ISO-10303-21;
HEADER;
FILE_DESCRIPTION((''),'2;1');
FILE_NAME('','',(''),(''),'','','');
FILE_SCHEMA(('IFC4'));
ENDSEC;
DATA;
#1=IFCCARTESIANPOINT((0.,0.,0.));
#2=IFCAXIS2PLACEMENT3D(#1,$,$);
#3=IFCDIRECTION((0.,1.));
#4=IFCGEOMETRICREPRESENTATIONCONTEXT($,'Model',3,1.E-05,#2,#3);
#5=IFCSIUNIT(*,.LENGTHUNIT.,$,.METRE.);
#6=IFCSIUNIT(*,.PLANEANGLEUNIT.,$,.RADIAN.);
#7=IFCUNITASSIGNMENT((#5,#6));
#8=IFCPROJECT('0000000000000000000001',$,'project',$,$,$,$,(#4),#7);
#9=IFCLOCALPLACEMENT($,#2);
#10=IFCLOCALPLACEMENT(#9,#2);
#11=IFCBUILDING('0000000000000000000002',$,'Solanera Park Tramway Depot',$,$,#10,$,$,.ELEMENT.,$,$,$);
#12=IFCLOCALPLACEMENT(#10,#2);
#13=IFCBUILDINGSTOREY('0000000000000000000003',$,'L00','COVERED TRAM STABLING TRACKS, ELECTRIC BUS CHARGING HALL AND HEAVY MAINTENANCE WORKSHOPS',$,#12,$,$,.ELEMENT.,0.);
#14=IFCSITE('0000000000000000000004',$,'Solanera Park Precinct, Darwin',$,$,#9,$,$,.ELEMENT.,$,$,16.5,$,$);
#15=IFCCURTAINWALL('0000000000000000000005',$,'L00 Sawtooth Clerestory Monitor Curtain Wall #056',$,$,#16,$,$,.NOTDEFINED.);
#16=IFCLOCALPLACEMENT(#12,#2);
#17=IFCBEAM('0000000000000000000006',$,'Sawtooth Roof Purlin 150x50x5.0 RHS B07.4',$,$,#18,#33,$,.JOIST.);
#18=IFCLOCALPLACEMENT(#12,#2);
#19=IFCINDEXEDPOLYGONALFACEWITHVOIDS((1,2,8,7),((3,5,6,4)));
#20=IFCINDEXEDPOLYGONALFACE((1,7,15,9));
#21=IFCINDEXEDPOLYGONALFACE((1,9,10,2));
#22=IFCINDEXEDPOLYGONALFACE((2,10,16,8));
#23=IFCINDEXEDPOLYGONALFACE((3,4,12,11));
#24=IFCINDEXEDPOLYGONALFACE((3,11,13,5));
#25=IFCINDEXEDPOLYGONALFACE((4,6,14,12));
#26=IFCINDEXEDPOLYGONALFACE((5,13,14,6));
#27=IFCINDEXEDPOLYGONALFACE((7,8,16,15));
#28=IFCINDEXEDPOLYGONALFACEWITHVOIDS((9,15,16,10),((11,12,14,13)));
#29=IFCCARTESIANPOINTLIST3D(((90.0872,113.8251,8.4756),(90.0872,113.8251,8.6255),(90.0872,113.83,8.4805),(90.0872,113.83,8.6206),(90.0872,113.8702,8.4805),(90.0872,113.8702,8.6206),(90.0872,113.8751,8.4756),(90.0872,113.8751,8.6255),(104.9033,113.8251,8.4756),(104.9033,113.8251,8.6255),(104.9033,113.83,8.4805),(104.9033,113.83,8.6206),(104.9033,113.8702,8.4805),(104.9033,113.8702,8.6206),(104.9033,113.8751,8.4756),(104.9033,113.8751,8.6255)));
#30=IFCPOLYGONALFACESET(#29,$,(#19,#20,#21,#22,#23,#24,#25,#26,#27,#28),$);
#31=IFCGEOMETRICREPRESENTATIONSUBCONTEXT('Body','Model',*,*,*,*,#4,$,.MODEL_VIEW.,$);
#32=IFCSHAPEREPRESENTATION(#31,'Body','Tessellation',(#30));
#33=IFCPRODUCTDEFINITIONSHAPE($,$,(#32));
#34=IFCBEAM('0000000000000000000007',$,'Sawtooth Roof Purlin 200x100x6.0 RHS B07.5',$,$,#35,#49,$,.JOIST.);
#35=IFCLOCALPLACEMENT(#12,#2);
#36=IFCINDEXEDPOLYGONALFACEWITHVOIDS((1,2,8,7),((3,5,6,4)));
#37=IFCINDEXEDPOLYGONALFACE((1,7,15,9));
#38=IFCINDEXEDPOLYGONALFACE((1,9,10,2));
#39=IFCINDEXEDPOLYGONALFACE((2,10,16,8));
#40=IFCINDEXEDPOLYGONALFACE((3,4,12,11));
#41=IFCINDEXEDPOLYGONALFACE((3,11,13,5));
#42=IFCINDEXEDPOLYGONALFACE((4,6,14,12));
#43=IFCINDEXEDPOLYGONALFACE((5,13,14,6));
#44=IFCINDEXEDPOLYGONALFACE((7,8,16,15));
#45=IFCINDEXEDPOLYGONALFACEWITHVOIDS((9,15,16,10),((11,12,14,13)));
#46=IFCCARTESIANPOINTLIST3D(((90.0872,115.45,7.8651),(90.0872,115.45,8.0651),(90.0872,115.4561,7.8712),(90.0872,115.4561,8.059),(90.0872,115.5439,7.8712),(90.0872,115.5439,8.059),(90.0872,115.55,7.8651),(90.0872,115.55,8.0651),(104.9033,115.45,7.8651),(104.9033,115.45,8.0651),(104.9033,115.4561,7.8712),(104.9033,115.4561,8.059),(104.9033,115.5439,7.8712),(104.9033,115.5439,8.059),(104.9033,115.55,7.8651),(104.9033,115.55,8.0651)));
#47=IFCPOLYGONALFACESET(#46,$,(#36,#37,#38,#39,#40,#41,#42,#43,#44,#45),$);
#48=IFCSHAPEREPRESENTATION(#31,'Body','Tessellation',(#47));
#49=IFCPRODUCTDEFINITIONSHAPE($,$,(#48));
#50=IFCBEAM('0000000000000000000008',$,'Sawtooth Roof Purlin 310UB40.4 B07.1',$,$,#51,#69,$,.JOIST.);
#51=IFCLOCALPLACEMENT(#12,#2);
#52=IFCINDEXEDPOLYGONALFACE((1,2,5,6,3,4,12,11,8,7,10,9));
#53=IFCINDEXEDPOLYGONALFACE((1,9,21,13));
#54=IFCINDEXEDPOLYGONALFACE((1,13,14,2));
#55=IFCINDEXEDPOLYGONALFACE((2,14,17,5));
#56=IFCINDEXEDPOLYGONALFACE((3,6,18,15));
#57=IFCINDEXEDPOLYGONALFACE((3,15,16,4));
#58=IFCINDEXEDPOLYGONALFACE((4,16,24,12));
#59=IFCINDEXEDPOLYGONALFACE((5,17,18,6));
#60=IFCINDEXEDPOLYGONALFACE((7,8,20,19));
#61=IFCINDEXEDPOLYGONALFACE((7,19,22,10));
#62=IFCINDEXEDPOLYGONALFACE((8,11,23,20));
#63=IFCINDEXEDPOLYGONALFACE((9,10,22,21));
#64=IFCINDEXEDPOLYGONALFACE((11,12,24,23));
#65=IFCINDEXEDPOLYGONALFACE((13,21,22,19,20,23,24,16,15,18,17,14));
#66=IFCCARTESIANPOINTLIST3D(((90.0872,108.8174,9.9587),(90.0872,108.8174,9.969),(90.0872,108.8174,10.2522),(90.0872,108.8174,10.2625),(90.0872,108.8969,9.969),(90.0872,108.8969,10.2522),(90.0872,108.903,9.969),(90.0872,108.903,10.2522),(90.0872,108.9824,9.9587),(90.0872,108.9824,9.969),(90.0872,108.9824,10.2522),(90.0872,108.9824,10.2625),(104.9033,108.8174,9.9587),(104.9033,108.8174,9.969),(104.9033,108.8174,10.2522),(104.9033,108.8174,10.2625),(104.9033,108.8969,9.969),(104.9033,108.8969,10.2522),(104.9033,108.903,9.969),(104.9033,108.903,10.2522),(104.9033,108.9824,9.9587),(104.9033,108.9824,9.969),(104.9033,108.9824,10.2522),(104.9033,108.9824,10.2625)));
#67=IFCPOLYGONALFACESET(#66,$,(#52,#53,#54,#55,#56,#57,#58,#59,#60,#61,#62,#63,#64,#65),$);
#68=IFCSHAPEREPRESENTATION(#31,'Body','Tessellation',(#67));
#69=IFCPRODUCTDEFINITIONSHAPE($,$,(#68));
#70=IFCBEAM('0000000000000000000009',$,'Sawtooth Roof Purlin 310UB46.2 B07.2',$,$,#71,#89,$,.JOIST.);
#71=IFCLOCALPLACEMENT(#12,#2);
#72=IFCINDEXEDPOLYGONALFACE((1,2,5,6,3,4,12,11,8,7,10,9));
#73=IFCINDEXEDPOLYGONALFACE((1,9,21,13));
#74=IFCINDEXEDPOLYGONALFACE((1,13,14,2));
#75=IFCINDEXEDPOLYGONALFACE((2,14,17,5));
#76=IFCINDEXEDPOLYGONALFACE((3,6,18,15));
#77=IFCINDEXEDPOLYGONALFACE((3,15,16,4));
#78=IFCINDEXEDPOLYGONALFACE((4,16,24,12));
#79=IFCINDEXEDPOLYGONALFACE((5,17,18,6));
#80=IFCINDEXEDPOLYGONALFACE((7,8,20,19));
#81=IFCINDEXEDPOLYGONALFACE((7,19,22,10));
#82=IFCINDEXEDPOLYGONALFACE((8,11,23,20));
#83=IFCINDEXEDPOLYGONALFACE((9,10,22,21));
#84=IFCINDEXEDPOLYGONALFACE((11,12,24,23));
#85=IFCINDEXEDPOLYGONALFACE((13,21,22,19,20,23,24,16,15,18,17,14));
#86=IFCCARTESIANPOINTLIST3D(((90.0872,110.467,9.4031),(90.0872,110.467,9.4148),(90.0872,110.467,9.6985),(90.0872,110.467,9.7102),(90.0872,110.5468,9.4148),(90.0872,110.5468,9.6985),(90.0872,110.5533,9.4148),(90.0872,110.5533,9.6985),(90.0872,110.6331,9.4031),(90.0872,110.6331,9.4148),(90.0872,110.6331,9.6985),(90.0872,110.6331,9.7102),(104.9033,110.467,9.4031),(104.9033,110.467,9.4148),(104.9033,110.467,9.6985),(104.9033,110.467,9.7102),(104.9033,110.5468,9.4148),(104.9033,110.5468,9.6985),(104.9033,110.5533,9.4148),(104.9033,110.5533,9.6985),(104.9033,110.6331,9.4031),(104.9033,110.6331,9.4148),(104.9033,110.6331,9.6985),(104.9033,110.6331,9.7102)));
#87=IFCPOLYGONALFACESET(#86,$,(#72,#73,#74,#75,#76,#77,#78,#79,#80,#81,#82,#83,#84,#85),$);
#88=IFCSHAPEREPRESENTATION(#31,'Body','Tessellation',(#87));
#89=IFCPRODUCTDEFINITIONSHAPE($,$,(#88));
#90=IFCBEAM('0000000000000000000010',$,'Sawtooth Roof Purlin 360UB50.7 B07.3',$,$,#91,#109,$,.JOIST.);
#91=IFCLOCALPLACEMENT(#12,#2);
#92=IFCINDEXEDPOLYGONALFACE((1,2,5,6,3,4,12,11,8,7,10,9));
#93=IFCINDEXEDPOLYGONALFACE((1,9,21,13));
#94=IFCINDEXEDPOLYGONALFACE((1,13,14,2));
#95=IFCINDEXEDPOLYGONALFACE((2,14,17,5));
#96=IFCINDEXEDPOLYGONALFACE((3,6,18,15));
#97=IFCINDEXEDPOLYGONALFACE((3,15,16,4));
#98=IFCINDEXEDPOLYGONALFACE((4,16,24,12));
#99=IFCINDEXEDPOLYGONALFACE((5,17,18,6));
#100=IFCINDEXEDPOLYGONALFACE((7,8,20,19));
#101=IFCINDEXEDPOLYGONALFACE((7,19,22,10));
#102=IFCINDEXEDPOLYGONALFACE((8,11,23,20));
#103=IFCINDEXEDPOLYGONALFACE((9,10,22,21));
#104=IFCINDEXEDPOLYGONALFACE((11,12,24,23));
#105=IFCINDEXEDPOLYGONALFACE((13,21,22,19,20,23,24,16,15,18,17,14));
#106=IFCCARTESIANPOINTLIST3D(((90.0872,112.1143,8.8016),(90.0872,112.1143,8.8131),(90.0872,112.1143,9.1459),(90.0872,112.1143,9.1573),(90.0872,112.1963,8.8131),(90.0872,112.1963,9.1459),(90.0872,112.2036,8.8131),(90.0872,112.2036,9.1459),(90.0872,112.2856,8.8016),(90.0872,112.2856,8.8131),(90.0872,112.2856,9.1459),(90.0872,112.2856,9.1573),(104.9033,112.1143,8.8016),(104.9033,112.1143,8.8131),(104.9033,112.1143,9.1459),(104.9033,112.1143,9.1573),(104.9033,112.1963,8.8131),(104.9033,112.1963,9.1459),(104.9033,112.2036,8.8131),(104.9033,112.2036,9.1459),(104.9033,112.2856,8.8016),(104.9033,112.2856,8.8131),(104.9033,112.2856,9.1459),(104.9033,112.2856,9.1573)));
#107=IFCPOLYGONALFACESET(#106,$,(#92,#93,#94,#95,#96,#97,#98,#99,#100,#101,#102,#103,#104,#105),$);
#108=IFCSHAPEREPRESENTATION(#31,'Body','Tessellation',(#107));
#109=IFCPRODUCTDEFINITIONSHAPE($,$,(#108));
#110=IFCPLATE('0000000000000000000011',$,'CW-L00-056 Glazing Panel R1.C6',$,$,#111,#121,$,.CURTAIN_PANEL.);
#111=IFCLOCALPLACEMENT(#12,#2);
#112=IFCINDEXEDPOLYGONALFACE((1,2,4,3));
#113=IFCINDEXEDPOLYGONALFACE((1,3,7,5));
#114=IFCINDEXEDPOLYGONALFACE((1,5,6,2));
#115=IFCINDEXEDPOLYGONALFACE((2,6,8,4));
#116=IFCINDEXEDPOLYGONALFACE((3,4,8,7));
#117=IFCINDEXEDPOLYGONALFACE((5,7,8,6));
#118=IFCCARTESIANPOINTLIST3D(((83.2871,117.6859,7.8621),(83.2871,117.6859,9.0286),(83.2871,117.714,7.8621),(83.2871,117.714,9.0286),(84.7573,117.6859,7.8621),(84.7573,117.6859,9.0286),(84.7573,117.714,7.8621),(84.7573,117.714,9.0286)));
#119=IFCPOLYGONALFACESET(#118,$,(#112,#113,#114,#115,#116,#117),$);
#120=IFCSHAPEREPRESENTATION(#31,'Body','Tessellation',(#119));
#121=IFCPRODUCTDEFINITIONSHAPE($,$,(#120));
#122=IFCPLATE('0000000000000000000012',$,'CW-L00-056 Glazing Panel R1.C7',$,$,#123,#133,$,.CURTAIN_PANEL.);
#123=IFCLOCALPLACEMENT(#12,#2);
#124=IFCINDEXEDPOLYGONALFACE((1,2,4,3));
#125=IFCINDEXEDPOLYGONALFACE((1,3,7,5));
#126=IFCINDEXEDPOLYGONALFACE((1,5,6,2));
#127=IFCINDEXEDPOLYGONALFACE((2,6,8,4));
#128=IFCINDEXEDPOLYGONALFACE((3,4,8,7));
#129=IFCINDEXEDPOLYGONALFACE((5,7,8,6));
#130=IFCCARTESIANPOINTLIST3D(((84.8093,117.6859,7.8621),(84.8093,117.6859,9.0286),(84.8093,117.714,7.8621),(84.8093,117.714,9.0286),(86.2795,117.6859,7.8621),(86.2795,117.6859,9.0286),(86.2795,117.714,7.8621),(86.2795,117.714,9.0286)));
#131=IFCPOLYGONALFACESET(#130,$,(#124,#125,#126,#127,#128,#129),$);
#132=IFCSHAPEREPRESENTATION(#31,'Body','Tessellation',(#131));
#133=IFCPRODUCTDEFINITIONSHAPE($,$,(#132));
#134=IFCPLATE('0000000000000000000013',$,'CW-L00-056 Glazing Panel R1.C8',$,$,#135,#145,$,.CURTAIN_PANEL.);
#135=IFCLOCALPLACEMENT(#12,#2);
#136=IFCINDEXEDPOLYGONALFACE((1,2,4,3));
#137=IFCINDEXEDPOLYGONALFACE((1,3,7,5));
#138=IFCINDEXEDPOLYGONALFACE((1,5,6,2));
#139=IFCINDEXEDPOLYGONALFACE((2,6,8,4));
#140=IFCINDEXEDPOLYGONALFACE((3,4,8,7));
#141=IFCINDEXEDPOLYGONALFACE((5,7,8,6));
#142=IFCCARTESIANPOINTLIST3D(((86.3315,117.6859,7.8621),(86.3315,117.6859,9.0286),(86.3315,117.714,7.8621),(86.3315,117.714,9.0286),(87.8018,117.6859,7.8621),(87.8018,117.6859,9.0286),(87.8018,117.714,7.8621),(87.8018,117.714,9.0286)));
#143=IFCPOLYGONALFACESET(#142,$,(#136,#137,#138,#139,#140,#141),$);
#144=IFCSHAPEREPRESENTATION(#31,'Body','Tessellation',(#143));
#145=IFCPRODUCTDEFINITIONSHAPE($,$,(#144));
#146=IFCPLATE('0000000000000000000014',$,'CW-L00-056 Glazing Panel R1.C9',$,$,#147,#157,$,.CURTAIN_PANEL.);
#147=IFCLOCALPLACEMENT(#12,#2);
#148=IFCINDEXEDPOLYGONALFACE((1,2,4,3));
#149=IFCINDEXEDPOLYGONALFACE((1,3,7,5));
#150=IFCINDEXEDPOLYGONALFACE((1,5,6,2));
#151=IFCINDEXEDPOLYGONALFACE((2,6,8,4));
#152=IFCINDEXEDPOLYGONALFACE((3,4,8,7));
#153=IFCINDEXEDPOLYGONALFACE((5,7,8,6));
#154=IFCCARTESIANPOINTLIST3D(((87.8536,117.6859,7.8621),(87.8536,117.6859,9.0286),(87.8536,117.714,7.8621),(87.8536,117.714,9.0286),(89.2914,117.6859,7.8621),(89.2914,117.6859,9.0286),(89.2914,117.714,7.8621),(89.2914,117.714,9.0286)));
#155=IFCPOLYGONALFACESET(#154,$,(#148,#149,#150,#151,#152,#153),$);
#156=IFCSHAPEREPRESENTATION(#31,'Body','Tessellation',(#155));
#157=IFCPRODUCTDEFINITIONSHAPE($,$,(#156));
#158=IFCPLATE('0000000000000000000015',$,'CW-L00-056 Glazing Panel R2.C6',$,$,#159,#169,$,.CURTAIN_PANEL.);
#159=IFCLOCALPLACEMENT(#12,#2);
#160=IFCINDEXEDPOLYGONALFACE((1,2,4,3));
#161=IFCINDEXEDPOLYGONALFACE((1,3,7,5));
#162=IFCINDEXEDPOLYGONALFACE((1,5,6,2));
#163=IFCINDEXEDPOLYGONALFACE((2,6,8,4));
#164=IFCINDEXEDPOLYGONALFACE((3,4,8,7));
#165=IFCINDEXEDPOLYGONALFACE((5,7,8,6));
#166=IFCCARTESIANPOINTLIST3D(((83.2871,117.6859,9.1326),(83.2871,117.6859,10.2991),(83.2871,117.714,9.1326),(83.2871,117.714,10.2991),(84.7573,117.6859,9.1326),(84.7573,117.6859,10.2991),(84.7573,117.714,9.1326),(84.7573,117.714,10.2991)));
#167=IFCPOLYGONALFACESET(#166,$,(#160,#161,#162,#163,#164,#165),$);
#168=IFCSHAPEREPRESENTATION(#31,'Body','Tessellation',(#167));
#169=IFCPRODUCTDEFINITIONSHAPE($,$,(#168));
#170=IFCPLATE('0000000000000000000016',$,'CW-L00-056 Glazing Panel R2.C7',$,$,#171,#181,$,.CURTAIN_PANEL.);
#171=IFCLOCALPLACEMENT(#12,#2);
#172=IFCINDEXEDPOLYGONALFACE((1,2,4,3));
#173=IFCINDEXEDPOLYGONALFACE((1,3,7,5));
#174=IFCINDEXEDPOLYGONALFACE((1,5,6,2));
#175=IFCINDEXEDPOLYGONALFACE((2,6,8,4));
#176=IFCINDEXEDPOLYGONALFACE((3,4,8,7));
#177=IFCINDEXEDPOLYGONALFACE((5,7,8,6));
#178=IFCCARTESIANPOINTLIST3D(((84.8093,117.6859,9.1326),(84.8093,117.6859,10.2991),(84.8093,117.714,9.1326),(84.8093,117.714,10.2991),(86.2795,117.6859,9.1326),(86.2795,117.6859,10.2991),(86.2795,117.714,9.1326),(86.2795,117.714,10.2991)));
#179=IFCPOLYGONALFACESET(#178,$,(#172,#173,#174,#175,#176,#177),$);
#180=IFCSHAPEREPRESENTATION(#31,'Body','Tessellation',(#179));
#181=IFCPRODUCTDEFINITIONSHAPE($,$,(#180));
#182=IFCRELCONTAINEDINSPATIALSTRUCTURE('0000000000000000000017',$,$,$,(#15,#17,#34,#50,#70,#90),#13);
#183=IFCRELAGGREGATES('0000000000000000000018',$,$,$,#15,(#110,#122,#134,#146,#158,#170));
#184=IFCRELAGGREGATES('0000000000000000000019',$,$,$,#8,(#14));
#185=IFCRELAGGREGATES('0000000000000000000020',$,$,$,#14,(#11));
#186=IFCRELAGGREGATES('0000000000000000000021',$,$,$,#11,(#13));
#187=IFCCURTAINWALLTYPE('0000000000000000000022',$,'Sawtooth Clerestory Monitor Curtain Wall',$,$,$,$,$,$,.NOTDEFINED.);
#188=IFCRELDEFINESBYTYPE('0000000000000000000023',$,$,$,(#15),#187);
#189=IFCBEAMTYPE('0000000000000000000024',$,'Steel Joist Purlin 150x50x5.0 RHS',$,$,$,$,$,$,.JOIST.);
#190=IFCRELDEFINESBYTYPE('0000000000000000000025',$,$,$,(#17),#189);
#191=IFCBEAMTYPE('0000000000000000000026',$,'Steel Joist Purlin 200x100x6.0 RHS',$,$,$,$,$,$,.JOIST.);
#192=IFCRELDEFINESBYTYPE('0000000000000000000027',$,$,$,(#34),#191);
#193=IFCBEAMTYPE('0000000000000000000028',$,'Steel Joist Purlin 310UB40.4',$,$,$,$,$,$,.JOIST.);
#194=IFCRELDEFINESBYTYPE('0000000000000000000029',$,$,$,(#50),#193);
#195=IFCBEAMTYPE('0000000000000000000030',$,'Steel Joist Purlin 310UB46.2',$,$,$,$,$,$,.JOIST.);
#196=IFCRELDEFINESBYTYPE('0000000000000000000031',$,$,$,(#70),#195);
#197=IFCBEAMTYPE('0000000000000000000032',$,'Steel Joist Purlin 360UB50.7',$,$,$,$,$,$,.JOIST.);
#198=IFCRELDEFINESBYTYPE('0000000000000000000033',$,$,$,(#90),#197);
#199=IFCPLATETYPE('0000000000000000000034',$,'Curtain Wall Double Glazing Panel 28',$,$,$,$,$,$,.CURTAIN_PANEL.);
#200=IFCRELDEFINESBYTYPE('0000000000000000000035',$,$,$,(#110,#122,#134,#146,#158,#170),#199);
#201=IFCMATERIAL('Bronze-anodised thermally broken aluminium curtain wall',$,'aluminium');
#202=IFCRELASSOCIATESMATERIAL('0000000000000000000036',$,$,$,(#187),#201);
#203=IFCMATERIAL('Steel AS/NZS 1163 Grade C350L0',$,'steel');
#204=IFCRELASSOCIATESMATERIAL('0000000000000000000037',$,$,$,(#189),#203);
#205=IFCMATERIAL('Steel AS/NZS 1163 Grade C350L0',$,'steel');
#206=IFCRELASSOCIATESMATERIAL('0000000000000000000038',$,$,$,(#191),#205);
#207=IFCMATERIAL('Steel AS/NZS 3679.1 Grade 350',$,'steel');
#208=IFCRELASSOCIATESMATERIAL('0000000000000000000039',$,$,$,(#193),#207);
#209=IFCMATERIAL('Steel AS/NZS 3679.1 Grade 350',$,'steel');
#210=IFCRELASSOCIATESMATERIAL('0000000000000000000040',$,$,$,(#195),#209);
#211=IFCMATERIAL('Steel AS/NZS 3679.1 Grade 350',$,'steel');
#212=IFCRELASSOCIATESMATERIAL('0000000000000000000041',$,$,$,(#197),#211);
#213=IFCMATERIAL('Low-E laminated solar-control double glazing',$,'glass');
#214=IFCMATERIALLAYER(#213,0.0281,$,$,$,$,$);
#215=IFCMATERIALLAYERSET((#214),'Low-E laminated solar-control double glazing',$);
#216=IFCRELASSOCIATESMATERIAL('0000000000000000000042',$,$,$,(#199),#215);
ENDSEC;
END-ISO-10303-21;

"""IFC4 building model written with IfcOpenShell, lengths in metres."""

from ifc_helpers import new_model, si_unit, direction, frame, origin, origin_2d, place, context, subcontext, project, spatial, rectangle, hollow_rectangle, i_section, extrude, material, layer, layer_set, material_profile, profile_set, type_object, element, aggregate, save


model = new_model("IFC4")

# Units and contexts
model_context = context("Model", 3, precision=1e-05, world=origin(), true_north=direction((0.0, 1.0)))
body_context = subcontext(model_context, "Body", "Model", "MODEL_VIEW")
ifc_project = project(units=[si_unit("LENGTHUNIT", "METRE"), si_unit("PLANEANGLEUNIT", "RADIAN")], contexts=[model_context])

# Site, building, storey
site_placement = place(None, origin())
site = spatial("IfcSite", under=ifc_project, at=site_placement, Name="Solanera Park Precinct, Darwin", CompositionType="ELEMENT", RefElevation=16.5)
building_placement = place(site_placement, origin())
building = spatial("IfcBuilding", under=site, at=building_placement, Name="Solanera Park Tramway Depot", CompositionType="ELEMENT")
storey_placement = place(building_placement, origin())
storey = spatial("IfcBuildingStorey", under=building, at=storey_placement, Name="L00", Description="COVERED TRAM STABLING TRACKS, ELECTRIC BUS CHARGING HALL AND HEAVY MAINTENANCE WORKSHOPS", CompositionType="ELEMENT", Elevation=0.0)

# Curtain wall
ifc_material_1 = material(Name="Bronze-anodised thermally broken aluminium curtain wall", Category="aluminium")
curtain_wall_type = type_object("IfcCurtainWallType", Name="Sawtooth Clerestory Monitor Curtain Wall", PredefinedType="NOTDEFINED", material=ifc_material_1)
curtain_wall_1_placement = place(storey_placement, origin())
curtain_wall_1 = element("IfcCurtainWall", 1, at=curtain_wall_1_placement, inside=storey, type_object=curtain_wall_type, Name="L00 Sawtooth Clerestory Monitor Curtain Wall #056", PredefinedType="NOTDEFINED")

# Beams
ifc_material_2 = material(Name="Steel AS/NZS 1163 Grade C350L0", Category="steel")
ifc_material_profile_1 = material_profile(ifc_material_2, hollow_rectangle(XDim=0.05, YDim=0.1499, WallThickness=0.0049, at=origin_2d()), Name="150x50x5.0 RHS")
ifc_profile_set_1 = profile_set([ifc_material_profile_1], Name="Steel AS/NZS 1163 Grade C350L0")
beam_type_1 = type_object("IfcBeamType", Name="Steel Joist Purlin 150x50x5.0 RHS", PredefinedType="JOIST", material=ifc_profile_set_1)
beam_1_placement = place(storey_placement, frame((90.0872, 113.8501, 8.5505), z_axis=(1.0, 0.0, 0.0), x_axis=(0.0, 1.0, 0.0)))
element("IfcBeam", 2, at=beam_1_placement, inside=storey, type_object=beam_type_1, Name="Sawtooth Roof Purlin 150x50x5.0 RHS B07.4", PredefinedType="JOIST", context=body_context, shape_type="SweptSolid", body=[
    extrude(hollow_rectangle(XDim=0.05, YDim=0.1499, WallThickness=0.0049, at=origin_2d()), origin(), (0.0, 0.0, 1.0), 14.8162),
])
ifc_material_3 = material(Name="Steel AS/NZS 1163 Grade C350L0", Category="steel")
ifc_material_profile_2 = material_profile(ifc_material_3, hollow_rectangle(XDim=0.1001, YDim=0.2, WallThickness=0.0061, at=origin_2d()), Name="200x100x6.0 RHS")
ifc_profile_set_2 = profile_set([ifc_material_profile_2], Name="Steel AS/NZS 1163 Grade C350L0")
beam_type_2 = type_object("IfcBeamType", Name="Steel Joist Purlin 200x100x6.0 RHS", PredefinedType="JOIST", material=ifc_profile_set_2)
beam_2_placement = place(storey_placement, frame((90.0872, 115.5, 7.9651), z_axis=(1.0, 0.0, 0.0), x_axis=(0.0, 1.0, 0.0)))
element("IfcBeam", 3, at=beam_2_placement, inside=storey, type_object=beam_type_2, Name="Sawtooth Roof Purlin 200x100x6.0 RHS B07.5", PredefinedType="JOIST", context=body_context, shape_type="SweptSolid", body=[
    extrude(hollow_rectangle(XDim=0.1001, YDim=0.2, WallThickness=0.0061, at=origin_2d()), origin(), (0.0, 0.0, 1.0), 14.8162),
])
ifc_material_4 = material(Name="Steel AS/NZS 3679.1 Grade 350", Category="steel")
ifc_material_profile_3 = material_profile(ifc_material_4, i_section(OverallWidth=0.165, OverallDepth=0.3037, WebThickness=0.0061, FlangeThickness=0.0103, at=origin_2d()), Name="310UB40.4")
ifc_profile_set_3 = profile_set([ifc_material_profile_3], Name="Steel AS/NZS 3679.1 Grade 350")
beam_type_3 = type_object("IfcBeamType", Name="Steel Joist Purlin 310UB40.4", PredefinedType="JOIST", material=ifc_profile_set_3)
beam_3_placement = place(storey_placement, frame((90.0872, 108.8999, 10.1106), z_axis=(1.0, 0.0, 0.0), x_axis=(0.0, 1.0, 0.0)))
element("IfcBeam", 4, at=beam_3_placement, inside=storey, type_object=beam_type_3, Name="Sawtooth Roof Purlin 310UB40.4 B07.1", PredefinedType="JOIST", context=body_context, shape_type="SweptSolid", body=[
    extrude(i_section(OverallWidth=0.165, OverallDepth=0.3037, WebThickness=0.0061, FlangeThickness=0.0103, at=origin_2d()), origin(), (0.0, 0.0, 1.0), 14.8162),
])
ifc_material_5 = material(Name="Steel AS/NZS 3679.1 Grade 350", Category="steel")
ifc_material_profile_4 = material_profile(ifc_material_5, i_section(OverallWidth=0.166, OverallDepth=0.3071, WebThickness=0.0066, FlangeThickness=0.0117, at=origin_2d()), Name="310UB46.2")
ifc_profile_set_4 = profile_set([ifc_material_profile_4], Name="Steel AS/NZS 3679.1 Grade 350")
beam_type_4 = type_object("IfcBeamType", Name="Steel Joist Purlin 310UB46.2", PredefinedType="JOIST", material=ifc_profile_set_4)
beam_4_placement = place(storey_placement, frame((90.0872, 110.55, 9.5566), z_axis=(1.0, 0.0, 0.0), x_axis=(0.0, 1.0, 0.0)))
element("IfcBeam", 5, at=beam_4_placement, inside=storey, type_object=beam_type_4, Name="Sawtooth Roof Purlin 310UB46.2 B07.2", PredefinedType="JOIST", context=body_context, shape_type="SweptSolid", body=[
    extrude(i_section(OverallWidth=0.166, OverallDepth=0.3071, WebThickness=0.0066, FlangeThickness=0.0117, at=origin_2d()), origin(), (0.0, 0.0, 1.0), 14.8162),
])
ifc_material_6 = material(Name="Steel AS/NZS 3679.1 Grade 350", Category="steel")
ifc_material_profile_5 = material_profile(ifc_material_6, i_section(OverallWidth=0.1714, OverallDepth=0.3557, WebThickness=0.0073, FlangeThickness=0.0115, at=origin_2d()), Name="360UB50.7")
ifc_profile_set_5 = profile_set([ifc_material_profile_5], Name="Steel AS/NZS 3679.1 Grade 350")
beam_type_5 = type_object("IfcBeamType", Name="Steel Joist Purlin 360UB50.7", PredefinedType="JOIST", material=ifc_profile_set_5)
beam_5_placement = place(storey_placement, frame((90.0872, 112.2, 8.9795), z_axis=(1.0, 0.0, 0.0), x_axis=(0.0, 1.0, 0.0)))
element("IfcBeam", 6, at=beam_5_placement, inside=storey, type_object=beam_type_5, Name="Sawtooth Roof Purlin 360UB50.7 B07.3", PredefinedType="JOIST", context=body_context, shape_type="SweptSolid", body=[
    extrude(i_section(OverallWidth=0.1714, OverallDepth=0.3557, WebThickness=0.0073, FlangeThickness=0.0115, at=origin_2d()), origin(), (0.0, 0.0, 1.0), 14.8162),
])

# Plates
ifc_material_7 = material(Name="Low-E laminated solar-control double glazing", Category="glass")
ifc_layer_1 = layer(ifc_material_7, 0.0281)
ifc_layer_set_1 = layer_set([ifc_layer_1], Name="Low-E laminated solar-control double glazing")
plate_type_1 = type_object("IfcPlateType", Name="Curtain Wall Double Glazing Panel 28", PredefinedType="CURTAIN_PANEL", material=ifc_layer_set_1)
plate_1_placement = place(storey_placement, frame((84.0222, 117.7, 7.8621), z_axis=(0.0, 0.0, 1.0), x_axis=(1.0, 0.0, 0.0)))
plate_1 = element("IfcPlate", 7, at=plate_1_placement, type_object=plate_type_1, Name="CW-L00-056 Glazing Panel R1.C6", PredefinedType="CURTAIN_PANEL", context=body_context, shape_type="SweptSolid", body=[
    extrude(rectangle(XDim=1.4702, YDim=0.0281, at=origin_2d()), origin(), (0.0, 0.0, 1.0), 1.1665),
])
plate_2_placement = place(storey_placement, frame((85.5444, 117.7, 7.8621), z_axis=(0.0, 0.0, 1.0), x_axis=(1.0, 0.0, 0.0)))
plate_2 = element("IfcPlate", 8, at=plate_2_placement, type_object=plate_type_1, Name="CW-L00-056 Glazing Panel R1.C7", PredefinedType="CURTAIN_PANEL", context=body_context, shape_type="SweptSolid", body=[
    extrude(rectangle(XDim=1.4702, YDim=0.0281, at=origin_2d()), origin(), (0.0, 0.0, 1.0), 1.1665),
])
plate_3_placement = place(storey_placement, frame((87.0667, 117.7, 7.8621), z_axis=(0.0, 0.0, 1.0), x_axis=(1.0, 0.0, 0.0)))
plate_3 = element("IfcPlate", 9, at=plate_3_placement, type_object=plate_type_1, Name="CW-L00-056 Glazing Panel R1.C8", PredefinedType="CURTAIN_PANEL", context=body_context, shape_type="SweptSolid", body=[
    extrude(rectangle(XDim=1.4702, YDim=0.0281, at=origin_2d()), origin(), (0.0, 0.0, 1.0), 1.1665),
])
plate_4_placement = place(storey_placement, frame((88.5725, 117.7, 7.8621), z_axis=(0.0, 0.0, 1.0), x_axis=(1.0, 0.0, 0.0)))
plate_4 = element("IfcPlate", 10, at=plate_4_placement, type_object=plate_type_1, Name="CW-L00-056 Glazing Panel R1.C9", PredefinedType="CURTAIN_PANEL", context=body_context, shape_type="SweptSolid", body=[
    extrude(rectangle(XDim=1.4377, YDim=0.0281, at=origin_2d()), origin(), (0.0, 0.0, 1.0), 1.1665),
])
plate_5_placement = place(storey_placement, frame((84.0222, 117.7, 9.1326), z_axis=(0.0, 0.0, 1.0), x_axis=(1.0, 0.0, 0.0)))
plate_5 = element("IfcPlate", 11, at=plate_5_placement, type_object=plate_type_1, Name="CW-L00-056 Glazing Panel R2.C6", PredefinedType="CURTAIN_PANEL", context=body_context, shape_type="SweptSolid", body=[
    extrude(rectangle(XDim=1.4702, YDim=0.0281, at=origin_2d()), origin(), (0.0, 0.0, 1.0), 1.1665),
])
plate_6_placement = place(storey_placement, frame((85.5444, 117.7, 9.1326), z_axis=(0.0, 0.0, 1.0), x_axis=(1.0, 0.0, 0.0)))
plate_6 = element("IfcPlate", 12, at=plate_6_placement, type_object=plate_type_1, Name="CW-L00-056 Glazing Panel R2.C7", PredefinedType="CURTAIN_PANEL", context=body_context, shape_type="SweptSolid", body=[
    extrude(rectangle(XDim=1.4702, YDim=0.0281, at=origin_2d()), origin(), (0.0, 0.0, 1.0), 1.1665),
])
aggregate(curtain_wall_1, [plate_1, plate_2, plate_3, plate_4, plate_5, plate_6])

save(model, "model.ifc")
